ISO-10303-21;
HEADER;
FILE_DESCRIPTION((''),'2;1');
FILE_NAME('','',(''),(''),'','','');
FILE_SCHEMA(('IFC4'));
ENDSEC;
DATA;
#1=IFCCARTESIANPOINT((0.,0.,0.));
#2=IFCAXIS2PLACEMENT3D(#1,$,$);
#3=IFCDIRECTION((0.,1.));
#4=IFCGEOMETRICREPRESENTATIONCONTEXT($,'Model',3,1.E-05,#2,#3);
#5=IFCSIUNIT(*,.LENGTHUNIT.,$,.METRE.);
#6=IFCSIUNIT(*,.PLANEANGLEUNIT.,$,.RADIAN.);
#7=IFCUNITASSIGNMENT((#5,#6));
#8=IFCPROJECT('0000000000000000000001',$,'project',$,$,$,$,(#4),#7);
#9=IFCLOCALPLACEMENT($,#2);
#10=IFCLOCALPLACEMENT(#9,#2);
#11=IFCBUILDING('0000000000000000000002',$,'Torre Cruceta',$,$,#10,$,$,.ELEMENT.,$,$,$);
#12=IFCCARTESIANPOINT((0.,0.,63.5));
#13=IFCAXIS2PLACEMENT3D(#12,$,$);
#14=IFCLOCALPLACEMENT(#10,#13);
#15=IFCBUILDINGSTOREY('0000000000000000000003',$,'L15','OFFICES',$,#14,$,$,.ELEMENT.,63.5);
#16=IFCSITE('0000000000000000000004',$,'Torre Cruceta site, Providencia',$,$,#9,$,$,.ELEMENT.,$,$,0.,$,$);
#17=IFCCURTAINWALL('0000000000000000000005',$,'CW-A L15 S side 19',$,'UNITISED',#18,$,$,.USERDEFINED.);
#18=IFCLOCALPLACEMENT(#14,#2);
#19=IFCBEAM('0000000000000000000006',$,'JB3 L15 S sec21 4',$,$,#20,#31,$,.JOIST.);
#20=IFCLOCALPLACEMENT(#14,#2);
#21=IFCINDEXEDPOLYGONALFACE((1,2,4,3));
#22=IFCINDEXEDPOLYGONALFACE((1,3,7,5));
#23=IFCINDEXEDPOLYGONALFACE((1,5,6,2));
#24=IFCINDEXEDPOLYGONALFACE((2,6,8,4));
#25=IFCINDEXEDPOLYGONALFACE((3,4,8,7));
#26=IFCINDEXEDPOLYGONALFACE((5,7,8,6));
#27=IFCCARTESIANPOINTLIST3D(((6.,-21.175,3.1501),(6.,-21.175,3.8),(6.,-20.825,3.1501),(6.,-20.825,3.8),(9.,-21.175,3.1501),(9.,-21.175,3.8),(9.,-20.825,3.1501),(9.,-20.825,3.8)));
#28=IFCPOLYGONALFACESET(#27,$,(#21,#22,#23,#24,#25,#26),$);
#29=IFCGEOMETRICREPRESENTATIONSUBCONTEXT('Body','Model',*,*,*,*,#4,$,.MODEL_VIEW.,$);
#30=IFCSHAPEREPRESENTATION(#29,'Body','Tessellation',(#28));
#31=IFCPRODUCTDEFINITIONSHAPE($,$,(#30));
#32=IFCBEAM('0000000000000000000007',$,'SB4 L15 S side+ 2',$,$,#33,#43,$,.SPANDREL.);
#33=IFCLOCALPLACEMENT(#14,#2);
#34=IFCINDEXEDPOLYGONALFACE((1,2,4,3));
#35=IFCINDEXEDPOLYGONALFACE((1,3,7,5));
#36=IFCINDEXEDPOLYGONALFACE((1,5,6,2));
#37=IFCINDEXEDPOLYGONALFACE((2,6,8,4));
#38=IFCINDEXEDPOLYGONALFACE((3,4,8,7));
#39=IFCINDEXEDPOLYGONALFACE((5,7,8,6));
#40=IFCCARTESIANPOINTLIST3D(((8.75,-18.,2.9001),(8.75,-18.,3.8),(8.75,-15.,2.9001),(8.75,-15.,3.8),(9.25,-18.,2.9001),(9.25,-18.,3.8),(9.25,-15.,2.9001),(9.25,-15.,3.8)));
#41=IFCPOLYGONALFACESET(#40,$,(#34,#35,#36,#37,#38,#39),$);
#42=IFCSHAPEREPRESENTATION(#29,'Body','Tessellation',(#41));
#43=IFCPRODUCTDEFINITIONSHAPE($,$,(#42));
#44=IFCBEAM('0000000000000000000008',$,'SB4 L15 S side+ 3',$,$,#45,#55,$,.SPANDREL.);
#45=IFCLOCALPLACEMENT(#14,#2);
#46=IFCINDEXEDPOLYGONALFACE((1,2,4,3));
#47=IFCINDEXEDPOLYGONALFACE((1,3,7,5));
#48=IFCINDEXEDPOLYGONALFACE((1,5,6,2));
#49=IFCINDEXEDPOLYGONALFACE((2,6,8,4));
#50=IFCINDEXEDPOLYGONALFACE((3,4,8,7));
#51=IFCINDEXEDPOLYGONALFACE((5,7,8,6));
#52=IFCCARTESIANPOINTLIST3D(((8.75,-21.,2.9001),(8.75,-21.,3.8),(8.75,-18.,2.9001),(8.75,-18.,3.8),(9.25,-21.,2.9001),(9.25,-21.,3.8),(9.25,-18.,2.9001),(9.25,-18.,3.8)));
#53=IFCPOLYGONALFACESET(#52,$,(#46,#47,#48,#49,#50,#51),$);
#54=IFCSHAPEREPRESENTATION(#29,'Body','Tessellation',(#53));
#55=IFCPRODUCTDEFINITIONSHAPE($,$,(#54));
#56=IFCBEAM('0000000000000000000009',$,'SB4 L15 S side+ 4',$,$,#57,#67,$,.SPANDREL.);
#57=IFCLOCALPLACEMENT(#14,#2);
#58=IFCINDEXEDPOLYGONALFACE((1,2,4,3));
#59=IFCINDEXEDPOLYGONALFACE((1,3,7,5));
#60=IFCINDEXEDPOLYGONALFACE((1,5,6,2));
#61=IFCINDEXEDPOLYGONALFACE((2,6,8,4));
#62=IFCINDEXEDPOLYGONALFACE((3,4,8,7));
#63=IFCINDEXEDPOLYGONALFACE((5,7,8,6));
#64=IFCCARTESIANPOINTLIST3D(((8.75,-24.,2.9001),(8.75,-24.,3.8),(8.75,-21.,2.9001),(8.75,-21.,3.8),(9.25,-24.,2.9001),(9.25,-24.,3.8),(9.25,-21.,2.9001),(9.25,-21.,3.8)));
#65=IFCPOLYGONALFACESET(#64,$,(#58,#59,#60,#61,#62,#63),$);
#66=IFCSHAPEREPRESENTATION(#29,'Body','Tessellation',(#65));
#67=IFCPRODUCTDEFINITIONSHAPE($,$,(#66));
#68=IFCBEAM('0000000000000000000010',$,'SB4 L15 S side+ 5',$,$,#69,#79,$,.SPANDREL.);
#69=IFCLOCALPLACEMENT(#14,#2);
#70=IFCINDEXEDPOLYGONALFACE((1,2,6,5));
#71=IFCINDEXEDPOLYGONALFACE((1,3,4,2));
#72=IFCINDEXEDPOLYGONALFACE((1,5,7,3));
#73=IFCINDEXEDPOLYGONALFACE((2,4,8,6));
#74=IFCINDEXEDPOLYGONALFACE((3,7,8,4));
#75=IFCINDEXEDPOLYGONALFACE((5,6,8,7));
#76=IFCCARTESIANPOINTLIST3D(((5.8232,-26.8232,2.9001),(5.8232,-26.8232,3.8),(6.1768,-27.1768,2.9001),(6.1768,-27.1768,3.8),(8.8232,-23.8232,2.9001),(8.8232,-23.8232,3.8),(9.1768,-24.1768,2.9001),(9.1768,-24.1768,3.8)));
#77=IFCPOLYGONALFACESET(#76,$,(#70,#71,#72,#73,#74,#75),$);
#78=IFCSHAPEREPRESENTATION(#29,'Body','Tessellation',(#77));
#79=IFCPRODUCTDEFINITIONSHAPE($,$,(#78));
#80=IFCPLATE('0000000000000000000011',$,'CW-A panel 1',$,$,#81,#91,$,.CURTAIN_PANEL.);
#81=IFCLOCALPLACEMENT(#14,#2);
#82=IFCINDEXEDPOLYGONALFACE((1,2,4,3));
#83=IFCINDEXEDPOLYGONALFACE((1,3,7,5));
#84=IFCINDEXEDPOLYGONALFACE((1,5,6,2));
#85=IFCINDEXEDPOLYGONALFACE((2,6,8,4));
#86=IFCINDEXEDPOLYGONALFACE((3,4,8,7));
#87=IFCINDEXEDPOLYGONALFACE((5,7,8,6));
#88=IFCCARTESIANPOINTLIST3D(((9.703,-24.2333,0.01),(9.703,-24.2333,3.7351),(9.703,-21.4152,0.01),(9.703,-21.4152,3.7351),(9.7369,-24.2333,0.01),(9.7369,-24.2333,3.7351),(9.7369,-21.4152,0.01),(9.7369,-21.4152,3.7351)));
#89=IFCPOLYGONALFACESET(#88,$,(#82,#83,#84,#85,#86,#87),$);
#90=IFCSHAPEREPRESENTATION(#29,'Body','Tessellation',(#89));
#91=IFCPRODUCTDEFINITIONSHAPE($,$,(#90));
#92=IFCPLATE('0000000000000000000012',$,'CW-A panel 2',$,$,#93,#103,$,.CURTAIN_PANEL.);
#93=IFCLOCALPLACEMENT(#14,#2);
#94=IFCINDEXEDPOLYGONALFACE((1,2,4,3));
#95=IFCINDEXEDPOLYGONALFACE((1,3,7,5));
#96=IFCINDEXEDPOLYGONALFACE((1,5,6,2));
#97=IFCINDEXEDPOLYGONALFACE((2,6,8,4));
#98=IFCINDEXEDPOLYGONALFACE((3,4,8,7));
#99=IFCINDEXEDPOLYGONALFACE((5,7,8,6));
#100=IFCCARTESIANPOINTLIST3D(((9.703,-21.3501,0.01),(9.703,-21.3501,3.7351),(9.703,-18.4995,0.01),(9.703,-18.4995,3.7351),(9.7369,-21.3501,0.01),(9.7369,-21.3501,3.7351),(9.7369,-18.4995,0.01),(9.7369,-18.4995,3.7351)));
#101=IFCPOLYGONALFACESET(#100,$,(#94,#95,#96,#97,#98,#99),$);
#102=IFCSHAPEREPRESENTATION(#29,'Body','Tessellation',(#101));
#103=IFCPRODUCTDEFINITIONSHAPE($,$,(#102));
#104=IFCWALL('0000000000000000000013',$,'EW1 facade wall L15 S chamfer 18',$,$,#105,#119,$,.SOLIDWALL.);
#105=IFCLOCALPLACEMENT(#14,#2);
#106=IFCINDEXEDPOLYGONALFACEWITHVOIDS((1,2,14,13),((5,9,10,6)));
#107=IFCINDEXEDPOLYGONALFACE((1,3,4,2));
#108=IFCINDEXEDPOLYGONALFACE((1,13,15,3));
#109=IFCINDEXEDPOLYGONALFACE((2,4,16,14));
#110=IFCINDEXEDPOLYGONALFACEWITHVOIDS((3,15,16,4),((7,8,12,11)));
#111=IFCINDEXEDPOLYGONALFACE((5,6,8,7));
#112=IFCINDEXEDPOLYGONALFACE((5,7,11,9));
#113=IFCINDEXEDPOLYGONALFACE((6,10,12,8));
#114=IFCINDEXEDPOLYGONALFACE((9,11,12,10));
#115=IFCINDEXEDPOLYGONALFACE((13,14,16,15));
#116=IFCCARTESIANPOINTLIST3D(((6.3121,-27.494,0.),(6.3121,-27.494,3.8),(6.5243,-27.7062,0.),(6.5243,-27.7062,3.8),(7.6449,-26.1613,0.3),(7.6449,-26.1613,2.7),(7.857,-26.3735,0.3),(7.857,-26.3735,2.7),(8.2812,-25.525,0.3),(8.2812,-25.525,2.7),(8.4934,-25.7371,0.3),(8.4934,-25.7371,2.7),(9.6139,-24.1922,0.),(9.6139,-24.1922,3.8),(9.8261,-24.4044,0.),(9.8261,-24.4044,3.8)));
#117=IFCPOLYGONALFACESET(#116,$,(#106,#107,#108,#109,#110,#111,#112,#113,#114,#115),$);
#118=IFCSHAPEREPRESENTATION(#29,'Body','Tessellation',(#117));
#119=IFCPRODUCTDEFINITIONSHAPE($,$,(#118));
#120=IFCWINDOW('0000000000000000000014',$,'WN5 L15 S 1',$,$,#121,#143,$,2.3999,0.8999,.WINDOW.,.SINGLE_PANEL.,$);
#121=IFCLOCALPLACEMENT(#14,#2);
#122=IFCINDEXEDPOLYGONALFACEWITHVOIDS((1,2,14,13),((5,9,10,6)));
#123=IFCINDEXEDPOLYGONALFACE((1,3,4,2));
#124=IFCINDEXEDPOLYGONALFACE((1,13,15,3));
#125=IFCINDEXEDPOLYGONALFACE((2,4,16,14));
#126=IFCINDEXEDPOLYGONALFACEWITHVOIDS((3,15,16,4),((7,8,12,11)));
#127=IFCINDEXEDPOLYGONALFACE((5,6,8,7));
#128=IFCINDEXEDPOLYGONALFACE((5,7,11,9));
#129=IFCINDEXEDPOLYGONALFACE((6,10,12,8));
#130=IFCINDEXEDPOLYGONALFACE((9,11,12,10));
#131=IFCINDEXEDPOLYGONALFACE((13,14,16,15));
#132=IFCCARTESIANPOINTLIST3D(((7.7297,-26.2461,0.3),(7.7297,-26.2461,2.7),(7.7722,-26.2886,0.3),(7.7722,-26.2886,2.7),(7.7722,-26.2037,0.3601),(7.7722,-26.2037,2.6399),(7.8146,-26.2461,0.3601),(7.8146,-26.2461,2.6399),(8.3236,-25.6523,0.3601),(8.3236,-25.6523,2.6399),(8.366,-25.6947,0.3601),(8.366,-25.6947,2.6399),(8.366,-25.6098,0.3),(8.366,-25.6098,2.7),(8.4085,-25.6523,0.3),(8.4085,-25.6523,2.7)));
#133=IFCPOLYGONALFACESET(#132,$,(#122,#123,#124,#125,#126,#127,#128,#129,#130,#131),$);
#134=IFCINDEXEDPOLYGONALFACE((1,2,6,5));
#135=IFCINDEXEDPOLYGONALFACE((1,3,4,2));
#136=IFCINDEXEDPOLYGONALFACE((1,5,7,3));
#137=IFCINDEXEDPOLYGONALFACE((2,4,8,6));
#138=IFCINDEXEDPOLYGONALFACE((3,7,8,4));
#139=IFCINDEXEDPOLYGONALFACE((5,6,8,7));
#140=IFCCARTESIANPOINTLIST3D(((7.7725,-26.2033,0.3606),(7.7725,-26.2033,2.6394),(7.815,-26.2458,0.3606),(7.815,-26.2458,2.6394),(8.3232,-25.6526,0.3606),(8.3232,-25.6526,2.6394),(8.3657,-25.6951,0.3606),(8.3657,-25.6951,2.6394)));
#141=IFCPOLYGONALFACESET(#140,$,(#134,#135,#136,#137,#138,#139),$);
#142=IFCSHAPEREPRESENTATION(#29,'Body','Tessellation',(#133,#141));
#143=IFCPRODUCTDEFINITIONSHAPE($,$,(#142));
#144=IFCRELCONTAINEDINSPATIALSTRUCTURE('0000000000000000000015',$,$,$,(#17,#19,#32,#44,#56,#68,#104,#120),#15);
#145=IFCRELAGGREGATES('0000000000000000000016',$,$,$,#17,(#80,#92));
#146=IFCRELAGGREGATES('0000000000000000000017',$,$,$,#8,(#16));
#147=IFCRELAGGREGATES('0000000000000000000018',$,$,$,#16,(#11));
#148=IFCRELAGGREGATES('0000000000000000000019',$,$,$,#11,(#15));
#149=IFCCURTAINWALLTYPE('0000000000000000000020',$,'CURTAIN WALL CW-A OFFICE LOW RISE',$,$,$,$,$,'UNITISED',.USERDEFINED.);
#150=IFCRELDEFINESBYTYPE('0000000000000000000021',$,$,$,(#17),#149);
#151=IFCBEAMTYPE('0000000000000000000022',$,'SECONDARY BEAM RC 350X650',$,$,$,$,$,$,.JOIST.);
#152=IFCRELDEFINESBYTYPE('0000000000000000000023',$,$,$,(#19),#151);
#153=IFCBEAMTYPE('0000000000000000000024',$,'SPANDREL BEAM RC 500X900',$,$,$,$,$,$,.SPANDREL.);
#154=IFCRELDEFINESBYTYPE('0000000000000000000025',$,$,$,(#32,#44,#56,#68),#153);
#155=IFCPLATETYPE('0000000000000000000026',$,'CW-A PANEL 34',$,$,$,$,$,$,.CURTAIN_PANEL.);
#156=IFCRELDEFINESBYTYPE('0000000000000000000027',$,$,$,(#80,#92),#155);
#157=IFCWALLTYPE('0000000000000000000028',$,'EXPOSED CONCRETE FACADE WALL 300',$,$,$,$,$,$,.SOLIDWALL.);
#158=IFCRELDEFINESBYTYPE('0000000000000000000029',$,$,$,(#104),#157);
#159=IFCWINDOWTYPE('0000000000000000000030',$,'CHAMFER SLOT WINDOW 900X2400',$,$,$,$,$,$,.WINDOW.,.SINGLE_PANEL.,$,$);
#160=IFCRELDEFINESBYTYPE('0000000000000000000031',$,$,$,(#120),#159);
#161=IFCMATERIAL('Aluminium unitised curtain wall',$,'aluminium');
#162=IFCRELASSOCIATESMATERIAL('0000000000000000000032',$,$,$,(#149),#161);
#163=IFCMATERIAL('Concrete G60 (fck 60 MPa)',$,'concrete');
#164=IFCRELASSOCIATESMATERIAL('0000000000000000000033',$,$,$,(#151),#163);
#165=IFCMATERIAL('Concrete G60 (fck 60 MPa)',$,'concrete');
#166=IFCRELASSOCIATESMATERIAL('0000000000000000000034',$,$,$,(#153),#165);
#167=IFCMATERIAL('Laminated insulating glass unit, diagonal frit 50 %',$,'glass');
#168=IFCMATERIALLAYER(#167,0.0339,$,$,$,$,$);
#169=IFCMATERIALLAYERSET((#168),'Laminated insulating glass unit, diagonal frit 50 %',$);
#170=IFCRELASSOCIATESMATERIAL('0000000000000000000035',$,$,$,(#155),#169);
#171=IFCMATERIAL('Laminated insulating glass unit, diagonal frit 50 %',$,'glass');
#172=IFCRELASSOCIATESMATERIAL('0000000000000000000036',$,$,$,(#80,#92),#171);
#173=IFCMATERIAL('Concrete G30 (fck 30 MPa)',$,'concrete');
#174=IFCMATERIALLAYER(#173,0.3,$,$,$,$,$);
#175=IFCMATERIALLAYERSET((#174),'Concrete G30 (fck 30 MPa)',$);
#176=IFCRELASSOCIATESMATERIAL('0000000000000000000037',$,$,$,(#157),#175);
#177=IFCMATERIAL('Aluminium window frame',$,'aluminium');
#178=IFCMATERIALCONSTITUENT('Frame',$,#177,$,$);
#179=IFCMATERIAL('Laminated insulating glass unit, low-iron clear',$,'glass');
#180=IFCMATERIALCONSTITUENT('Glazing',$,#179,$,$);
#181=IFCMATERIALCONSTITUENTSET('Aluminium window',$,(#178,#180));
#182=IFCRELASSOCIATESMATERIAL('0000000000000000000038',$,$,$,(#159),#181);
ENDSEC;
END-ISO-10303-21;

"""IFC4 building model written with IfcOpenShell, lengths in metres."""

from ifc_helpers import new_model, si_unit, direction, frame, frame_2d, origin, origin_2d, place, context, subcontext, project, spatial, rectangle, hollow_rectangle, extrude, material, layer, layer_set, constituent, constituent_set, material_profile, profile_set, type_object, element, fill, aggregate, save


model = new_model("IFC4")

# Units and contexts
model_context = context("Model", 3, precision=1e-05, world=origin(), true_north=direction((0.0, 1.0)))
body_context = subcontext(model_context, "Body", "Model", "MODEL_VIEW")
ifc_project = project(units=[si_unit("LENGTHUNIT", "METRE"), si_unit("PLANEANGLEUNIT", "RADIAN")], contexts=[model_context])

# Site, building, storey
site_placement = place(None, origin())
site = spatial("IfcSite", under=ifc_project, at=site_placement, Name="Torre Cruceta site, Providencia", CompositionType="ELEMENT", RefElevation=0.0)
building_placement = place(site_placement, origin())
building = spatial("IfcBuilding", under=site, at=building_placement, Name="Torre Cruceta", CompositionType="ELEMENT")
storey_placement = place(building_placement, frame((0.0, 0.0, 63.5)))
storey = spatial("IfcBuildingStorey", under=building, at=storey_placement, Name="L15", Description="OFFICES", CompositionType="ELEMENT", Elevation=63.5)

# Curtain wall
ifc_material_1 = material(Name="Aluminium unitised curtain wall", Category="aluminium")
curtain_wall_type = type_object("IfcCurtainWallType", Name="CURTAIN WALL CW-A OFFICE LOW RISE", ElementType="UNITISED", PredefinedType="USERDEFINED", material=ifc_material_1)
curtain_wall_placement = place(storey_placement, origin())
curtain_wall = element("IfcCurtainWall", 1, at=curtain_wall_placement, inside=storey, type_object=curtain_wall_type, Name="CW-A L15 S side 19", ObjectType="UNITISED", PredefinedType="USERDEFINED")

# Beams
ifc_material_2 = material(Name="Concrete G60 (fck 60 MPa)", Category="concrete")
ifc_material_profile_1 = material_profile(ifc_material_2, rectangle(XDim=0.3501, YDim=0.6499, at=origin_2d()), Name="RC 350X650")
ifc_profile_set_1 = profile_set([ifc_material_profile_1], Name="Concrete G60 (fck 60 MPa)")
beam_type_1 = type_object("IfcBeamType", Name="SECONDARY BEAM RC 350X650", PredefinedType="JOIST", material=ifc_profile_set_1)
beam_1_placement = place(storey_placement, frame((6.0, -21.0, 3.4751), z_axis=(1.0, 0.0, 0.0), x_axis=(0.0, 1.0, 0.0)))
element("IfcBeam", 2, at=beam_1_placement, inside=storey, type_object=beam_type_1, Name="JB3 L15 S sec21 4", PredefinedType="JOIST", context=body_context, shape_type="SweptSolid", body=[
    extrude(rectangle(XDim=0.3501, YDim=0.6499, at=origin_2d()), origin(), (0.0, 0.0, 1.0), 3.0),
])
ifc_material_3 = material(Name="Concrete G60 (fck 60 MPa)", Category="concrete")
ifc_material_profile_2 = material_profile(ifc_material_3, rectangle(XDim=0.5, YDim=0.8999, at=origin_2d()), Name="RC 500X900")
ifc_profile_set_2 = profile_set([ifc_material_profile_2], Name="Concrete G60 (fck 60 MPa)")
beam_type_2 = type_object("IfcBeamType", Name="SPANDREL BEAM RC 500X900", PredefinedType="SPANDREL", material=ifc_profile_set_2)
for number, where, z_axis, x_axis, name in (
    (3, (9.0, -15.0, 3.3501), (0.0, -1.0, 0.0), (1.0, 0.0, 0.0), "SB4 L15 S side+ 2"),
    (4, (9.0, -18.0, 3.3501), (0.0, -1.0, 0.0), (1.0, 0.0, 0.0), "SB4 L15 S side+ 3"),
    (5, (9.0, -21.0, 3.3501), (0.0, -1.0, 0.0), (1.0, 0.0, 0.0), "SB4 L15 S side+ 4"),
):
    element("IfcBeam", number, at=place(storey_placement, frame(where, z_axis=z_axis, x_axis=x_axis)), inside=storey, type_object=beam_type_2, Name=name, PredefinedType="SPANDREL", context=body_context, shape_type="SweptSolid", body=[
        extrude(rectangle(XDim=0.5, YDim=0.8999, at=origin_2d()), origin(), (0.0, 0.0, 1.0), 3.0),
    ])
beam_2_placement = place(storey_placement, frame((9.0, -24.0, 3.3501), z_axis=(-0.707107, -0.707107, 0.0), x_axis=(0.707107, -0.707107, 0.0)))
element("IfcBeam", 6, at=beam_2_placement, inside=storey, type_object=beam_type_2, Name="SB4 L15 S side+ 5", PredefinedType="SPANDREL", context=body_context, shape_type="SweptSolid", body=[
    extrude(rectangle(XDim=0.5, YDim=0.8999, at=origin_2d()), origin(), (0.0, 0.0, 1.0), 4.2427),
])

# Plates
ifc_material_4 = material(Name="Laminated insulating glass unit, diagonal frit 50 %", Category="glass")
ifc_material_5 = material(Name="Laminated insulating glass unit, diagonal frit 50 %", Category="glass")
ifc_layer_1 = layer(ifc_material_5, 0.0339)
ifc_layer_set_1 = layer_set([ifc_layer_1], Name="Laminated insulating glass unit, diagonal frit 50 %")
plate_type = type_object("IfcPlateType", Name="CW-A PANEL 34", PredefinedType="CURTAIN_PANEL", material=ifc_layer_set_1)
plate_1_placement = place(storey_placement, frame((9.72, -22.8242, 0.01), z_axis=(0.0, 0.0, 1.0), x_axis=(0.0, 1.0, 0.0)))
plate_1 = element("IfcPlate", 7, at=plate_1_placement, type_object=plate_type, material=ifc_material_4, Name="CW-A panel 1", PredefinedType="CURTAIN_PANEL", context=body_context, shape_type="SweptSolid", body=[
    extrude(rectangle(XDim=2.8181, YDim=0.0339, at=origin_2d()), origin(), (0.0, 0.0, 1.0), 3.7251),
])
plate_2_placement = place(storey_placement, frame((9.72, -19.9248, 0.01), z_axis=(0.0, 0.0, 1.0), x_axis=(0.0, 1.0, 0.0)))
plate_2 = element("IfcPlate", 8, at=plate_2_placement, type_object=plate_type, material=ifc_material_4, Name="CW-A panel 2", PredefinedType="CURTAIN_PANEL", context=body_context, shape_type="SweptSolid", body=[
    extrude(rectangle(XDim=2.8506, YDim=0.0339, at=origin_2d()), origin(), (0.0, 0.0, 1.0), 3.7251),
])
aggregate(curtain_wall, [plate_1, plate_2])

# Wall, opening, window
ifc_material_6 = material(Name="Concrete G30 (fck 30 MPa)", Category="concrete")
ifc_layer_2 = layer(ifc_material_6, 0.3)
ifc_layer_set_2 = layer_set([ifc_layer_2], Name="Concrete G30 (fck 30 MPa)")
wall_type_1 = type_object("IfcWallType", Name="EXPOSED CONCRETE FACADE WALL 300", PredefinedType="SOLIDWALL", material=ifc_layer_set_2)
wall_1_placement = place(storey_placement, frame((6.4182, -27.6001, 0.0), z_axis=(0.0, 0.0, 1.0), x_axis=(0.707107, 0.707107, 0.0)))
wall_1 = element("IfcWall", 9, at=wall_1_placement, inside=storey, type_object=wall_type_1, Name="EW1 facade wall L15 S chamfer 18", PredefinedType="SOLIDWALL", context=body_context, shape_type="SweptSolid", body=[
    extrude(rectangle(XDim=4.6694, YDim=0.3, at=frame_2d((2.3347, 0.0))), origin(), (0.0, 0.0, 1.0), 3.8),
])
opening_1_placement = place(wall_1_placement, frame((1.8848, 0.0, 0.3)))
opening_1 = element("IfcOpeningElement", 10, at=opening_1_placement, cuts=wall_1, PredefinedType="OPENING", context=body_context, shape_type="SweptSolid", body=[
    extrude(rectangle(XDim=0.8999, YDim=2.3999, at=frame_2d((0.45, 1.2))), frame((0.0, 0.1599, 0.0), z_axis=(0.0, -1.0, 0.0), x_axis=(1.0, 0.0, 0.0)), (0.0, 0.0, 1.0), 0.3201),
])
ifc_material_7 = material(Name="Aluminium window frame", Category="aluminium")
ifc_constituent_1 = constituent(ifc_material_7, Name="Frame")
ifc_material_8 = material(Name="Laminated insulating glass unit, low-iron clear", Category="glass")
ifc_constituent_2 = constituent(ifc_material_8, Name="Glazing")
ifc_constituent_set_1 = constituent_set(constituents=[ifc_constituent_1, ifc_constituent_2], Name="Aluminium window")
window_type = type_object("IfcWindowType", Name="CHAMFER SLOT WINDOW 900X2400", PartitioningType="SINGLE_PANEL", PredefinedType="WINDOW", material=ifc_constituent_set_1)
window_placement = place(opening_1_placement, origin())
window = element("IfcWindow", 11, at=window_placement, inside=storey, type_object=window_type, Name="WN5 L15 S 1", OverallHeight=2.3999, OverallWidth=0.8999, PartitioningType="SINGLE_PANEL", PredefinedType="WINDOW", context=body_context, shape_type="SweptSolid", body=[
    extrude(hollow_rectangle(XDim=0.8999, YDim=2.3999, WallThickness=0.0601, at=frame_2d((0.45, 1.2))), frame((0.0, 0.03, 0.0), z_axis=(0.0, -1.0, 0.0), x_axis=(1.0, 0.0, 0.0)), (0.0, 0.0, 1.0), 0.0601),
    extrude(rectangle(XDim=0.7788, YDim=2.2788, at=frame_2d((0.45, 1.2))), frame((0.0, 0.03, 0.0), z_axis=(0.0, -1.0, 0.0), x_axis=(1.0, 0.0, 0.0)), (0.0, 0.0, 1.0), 0.0601),
])
fill(opening_1, window)

save(model, "model.ifc")
